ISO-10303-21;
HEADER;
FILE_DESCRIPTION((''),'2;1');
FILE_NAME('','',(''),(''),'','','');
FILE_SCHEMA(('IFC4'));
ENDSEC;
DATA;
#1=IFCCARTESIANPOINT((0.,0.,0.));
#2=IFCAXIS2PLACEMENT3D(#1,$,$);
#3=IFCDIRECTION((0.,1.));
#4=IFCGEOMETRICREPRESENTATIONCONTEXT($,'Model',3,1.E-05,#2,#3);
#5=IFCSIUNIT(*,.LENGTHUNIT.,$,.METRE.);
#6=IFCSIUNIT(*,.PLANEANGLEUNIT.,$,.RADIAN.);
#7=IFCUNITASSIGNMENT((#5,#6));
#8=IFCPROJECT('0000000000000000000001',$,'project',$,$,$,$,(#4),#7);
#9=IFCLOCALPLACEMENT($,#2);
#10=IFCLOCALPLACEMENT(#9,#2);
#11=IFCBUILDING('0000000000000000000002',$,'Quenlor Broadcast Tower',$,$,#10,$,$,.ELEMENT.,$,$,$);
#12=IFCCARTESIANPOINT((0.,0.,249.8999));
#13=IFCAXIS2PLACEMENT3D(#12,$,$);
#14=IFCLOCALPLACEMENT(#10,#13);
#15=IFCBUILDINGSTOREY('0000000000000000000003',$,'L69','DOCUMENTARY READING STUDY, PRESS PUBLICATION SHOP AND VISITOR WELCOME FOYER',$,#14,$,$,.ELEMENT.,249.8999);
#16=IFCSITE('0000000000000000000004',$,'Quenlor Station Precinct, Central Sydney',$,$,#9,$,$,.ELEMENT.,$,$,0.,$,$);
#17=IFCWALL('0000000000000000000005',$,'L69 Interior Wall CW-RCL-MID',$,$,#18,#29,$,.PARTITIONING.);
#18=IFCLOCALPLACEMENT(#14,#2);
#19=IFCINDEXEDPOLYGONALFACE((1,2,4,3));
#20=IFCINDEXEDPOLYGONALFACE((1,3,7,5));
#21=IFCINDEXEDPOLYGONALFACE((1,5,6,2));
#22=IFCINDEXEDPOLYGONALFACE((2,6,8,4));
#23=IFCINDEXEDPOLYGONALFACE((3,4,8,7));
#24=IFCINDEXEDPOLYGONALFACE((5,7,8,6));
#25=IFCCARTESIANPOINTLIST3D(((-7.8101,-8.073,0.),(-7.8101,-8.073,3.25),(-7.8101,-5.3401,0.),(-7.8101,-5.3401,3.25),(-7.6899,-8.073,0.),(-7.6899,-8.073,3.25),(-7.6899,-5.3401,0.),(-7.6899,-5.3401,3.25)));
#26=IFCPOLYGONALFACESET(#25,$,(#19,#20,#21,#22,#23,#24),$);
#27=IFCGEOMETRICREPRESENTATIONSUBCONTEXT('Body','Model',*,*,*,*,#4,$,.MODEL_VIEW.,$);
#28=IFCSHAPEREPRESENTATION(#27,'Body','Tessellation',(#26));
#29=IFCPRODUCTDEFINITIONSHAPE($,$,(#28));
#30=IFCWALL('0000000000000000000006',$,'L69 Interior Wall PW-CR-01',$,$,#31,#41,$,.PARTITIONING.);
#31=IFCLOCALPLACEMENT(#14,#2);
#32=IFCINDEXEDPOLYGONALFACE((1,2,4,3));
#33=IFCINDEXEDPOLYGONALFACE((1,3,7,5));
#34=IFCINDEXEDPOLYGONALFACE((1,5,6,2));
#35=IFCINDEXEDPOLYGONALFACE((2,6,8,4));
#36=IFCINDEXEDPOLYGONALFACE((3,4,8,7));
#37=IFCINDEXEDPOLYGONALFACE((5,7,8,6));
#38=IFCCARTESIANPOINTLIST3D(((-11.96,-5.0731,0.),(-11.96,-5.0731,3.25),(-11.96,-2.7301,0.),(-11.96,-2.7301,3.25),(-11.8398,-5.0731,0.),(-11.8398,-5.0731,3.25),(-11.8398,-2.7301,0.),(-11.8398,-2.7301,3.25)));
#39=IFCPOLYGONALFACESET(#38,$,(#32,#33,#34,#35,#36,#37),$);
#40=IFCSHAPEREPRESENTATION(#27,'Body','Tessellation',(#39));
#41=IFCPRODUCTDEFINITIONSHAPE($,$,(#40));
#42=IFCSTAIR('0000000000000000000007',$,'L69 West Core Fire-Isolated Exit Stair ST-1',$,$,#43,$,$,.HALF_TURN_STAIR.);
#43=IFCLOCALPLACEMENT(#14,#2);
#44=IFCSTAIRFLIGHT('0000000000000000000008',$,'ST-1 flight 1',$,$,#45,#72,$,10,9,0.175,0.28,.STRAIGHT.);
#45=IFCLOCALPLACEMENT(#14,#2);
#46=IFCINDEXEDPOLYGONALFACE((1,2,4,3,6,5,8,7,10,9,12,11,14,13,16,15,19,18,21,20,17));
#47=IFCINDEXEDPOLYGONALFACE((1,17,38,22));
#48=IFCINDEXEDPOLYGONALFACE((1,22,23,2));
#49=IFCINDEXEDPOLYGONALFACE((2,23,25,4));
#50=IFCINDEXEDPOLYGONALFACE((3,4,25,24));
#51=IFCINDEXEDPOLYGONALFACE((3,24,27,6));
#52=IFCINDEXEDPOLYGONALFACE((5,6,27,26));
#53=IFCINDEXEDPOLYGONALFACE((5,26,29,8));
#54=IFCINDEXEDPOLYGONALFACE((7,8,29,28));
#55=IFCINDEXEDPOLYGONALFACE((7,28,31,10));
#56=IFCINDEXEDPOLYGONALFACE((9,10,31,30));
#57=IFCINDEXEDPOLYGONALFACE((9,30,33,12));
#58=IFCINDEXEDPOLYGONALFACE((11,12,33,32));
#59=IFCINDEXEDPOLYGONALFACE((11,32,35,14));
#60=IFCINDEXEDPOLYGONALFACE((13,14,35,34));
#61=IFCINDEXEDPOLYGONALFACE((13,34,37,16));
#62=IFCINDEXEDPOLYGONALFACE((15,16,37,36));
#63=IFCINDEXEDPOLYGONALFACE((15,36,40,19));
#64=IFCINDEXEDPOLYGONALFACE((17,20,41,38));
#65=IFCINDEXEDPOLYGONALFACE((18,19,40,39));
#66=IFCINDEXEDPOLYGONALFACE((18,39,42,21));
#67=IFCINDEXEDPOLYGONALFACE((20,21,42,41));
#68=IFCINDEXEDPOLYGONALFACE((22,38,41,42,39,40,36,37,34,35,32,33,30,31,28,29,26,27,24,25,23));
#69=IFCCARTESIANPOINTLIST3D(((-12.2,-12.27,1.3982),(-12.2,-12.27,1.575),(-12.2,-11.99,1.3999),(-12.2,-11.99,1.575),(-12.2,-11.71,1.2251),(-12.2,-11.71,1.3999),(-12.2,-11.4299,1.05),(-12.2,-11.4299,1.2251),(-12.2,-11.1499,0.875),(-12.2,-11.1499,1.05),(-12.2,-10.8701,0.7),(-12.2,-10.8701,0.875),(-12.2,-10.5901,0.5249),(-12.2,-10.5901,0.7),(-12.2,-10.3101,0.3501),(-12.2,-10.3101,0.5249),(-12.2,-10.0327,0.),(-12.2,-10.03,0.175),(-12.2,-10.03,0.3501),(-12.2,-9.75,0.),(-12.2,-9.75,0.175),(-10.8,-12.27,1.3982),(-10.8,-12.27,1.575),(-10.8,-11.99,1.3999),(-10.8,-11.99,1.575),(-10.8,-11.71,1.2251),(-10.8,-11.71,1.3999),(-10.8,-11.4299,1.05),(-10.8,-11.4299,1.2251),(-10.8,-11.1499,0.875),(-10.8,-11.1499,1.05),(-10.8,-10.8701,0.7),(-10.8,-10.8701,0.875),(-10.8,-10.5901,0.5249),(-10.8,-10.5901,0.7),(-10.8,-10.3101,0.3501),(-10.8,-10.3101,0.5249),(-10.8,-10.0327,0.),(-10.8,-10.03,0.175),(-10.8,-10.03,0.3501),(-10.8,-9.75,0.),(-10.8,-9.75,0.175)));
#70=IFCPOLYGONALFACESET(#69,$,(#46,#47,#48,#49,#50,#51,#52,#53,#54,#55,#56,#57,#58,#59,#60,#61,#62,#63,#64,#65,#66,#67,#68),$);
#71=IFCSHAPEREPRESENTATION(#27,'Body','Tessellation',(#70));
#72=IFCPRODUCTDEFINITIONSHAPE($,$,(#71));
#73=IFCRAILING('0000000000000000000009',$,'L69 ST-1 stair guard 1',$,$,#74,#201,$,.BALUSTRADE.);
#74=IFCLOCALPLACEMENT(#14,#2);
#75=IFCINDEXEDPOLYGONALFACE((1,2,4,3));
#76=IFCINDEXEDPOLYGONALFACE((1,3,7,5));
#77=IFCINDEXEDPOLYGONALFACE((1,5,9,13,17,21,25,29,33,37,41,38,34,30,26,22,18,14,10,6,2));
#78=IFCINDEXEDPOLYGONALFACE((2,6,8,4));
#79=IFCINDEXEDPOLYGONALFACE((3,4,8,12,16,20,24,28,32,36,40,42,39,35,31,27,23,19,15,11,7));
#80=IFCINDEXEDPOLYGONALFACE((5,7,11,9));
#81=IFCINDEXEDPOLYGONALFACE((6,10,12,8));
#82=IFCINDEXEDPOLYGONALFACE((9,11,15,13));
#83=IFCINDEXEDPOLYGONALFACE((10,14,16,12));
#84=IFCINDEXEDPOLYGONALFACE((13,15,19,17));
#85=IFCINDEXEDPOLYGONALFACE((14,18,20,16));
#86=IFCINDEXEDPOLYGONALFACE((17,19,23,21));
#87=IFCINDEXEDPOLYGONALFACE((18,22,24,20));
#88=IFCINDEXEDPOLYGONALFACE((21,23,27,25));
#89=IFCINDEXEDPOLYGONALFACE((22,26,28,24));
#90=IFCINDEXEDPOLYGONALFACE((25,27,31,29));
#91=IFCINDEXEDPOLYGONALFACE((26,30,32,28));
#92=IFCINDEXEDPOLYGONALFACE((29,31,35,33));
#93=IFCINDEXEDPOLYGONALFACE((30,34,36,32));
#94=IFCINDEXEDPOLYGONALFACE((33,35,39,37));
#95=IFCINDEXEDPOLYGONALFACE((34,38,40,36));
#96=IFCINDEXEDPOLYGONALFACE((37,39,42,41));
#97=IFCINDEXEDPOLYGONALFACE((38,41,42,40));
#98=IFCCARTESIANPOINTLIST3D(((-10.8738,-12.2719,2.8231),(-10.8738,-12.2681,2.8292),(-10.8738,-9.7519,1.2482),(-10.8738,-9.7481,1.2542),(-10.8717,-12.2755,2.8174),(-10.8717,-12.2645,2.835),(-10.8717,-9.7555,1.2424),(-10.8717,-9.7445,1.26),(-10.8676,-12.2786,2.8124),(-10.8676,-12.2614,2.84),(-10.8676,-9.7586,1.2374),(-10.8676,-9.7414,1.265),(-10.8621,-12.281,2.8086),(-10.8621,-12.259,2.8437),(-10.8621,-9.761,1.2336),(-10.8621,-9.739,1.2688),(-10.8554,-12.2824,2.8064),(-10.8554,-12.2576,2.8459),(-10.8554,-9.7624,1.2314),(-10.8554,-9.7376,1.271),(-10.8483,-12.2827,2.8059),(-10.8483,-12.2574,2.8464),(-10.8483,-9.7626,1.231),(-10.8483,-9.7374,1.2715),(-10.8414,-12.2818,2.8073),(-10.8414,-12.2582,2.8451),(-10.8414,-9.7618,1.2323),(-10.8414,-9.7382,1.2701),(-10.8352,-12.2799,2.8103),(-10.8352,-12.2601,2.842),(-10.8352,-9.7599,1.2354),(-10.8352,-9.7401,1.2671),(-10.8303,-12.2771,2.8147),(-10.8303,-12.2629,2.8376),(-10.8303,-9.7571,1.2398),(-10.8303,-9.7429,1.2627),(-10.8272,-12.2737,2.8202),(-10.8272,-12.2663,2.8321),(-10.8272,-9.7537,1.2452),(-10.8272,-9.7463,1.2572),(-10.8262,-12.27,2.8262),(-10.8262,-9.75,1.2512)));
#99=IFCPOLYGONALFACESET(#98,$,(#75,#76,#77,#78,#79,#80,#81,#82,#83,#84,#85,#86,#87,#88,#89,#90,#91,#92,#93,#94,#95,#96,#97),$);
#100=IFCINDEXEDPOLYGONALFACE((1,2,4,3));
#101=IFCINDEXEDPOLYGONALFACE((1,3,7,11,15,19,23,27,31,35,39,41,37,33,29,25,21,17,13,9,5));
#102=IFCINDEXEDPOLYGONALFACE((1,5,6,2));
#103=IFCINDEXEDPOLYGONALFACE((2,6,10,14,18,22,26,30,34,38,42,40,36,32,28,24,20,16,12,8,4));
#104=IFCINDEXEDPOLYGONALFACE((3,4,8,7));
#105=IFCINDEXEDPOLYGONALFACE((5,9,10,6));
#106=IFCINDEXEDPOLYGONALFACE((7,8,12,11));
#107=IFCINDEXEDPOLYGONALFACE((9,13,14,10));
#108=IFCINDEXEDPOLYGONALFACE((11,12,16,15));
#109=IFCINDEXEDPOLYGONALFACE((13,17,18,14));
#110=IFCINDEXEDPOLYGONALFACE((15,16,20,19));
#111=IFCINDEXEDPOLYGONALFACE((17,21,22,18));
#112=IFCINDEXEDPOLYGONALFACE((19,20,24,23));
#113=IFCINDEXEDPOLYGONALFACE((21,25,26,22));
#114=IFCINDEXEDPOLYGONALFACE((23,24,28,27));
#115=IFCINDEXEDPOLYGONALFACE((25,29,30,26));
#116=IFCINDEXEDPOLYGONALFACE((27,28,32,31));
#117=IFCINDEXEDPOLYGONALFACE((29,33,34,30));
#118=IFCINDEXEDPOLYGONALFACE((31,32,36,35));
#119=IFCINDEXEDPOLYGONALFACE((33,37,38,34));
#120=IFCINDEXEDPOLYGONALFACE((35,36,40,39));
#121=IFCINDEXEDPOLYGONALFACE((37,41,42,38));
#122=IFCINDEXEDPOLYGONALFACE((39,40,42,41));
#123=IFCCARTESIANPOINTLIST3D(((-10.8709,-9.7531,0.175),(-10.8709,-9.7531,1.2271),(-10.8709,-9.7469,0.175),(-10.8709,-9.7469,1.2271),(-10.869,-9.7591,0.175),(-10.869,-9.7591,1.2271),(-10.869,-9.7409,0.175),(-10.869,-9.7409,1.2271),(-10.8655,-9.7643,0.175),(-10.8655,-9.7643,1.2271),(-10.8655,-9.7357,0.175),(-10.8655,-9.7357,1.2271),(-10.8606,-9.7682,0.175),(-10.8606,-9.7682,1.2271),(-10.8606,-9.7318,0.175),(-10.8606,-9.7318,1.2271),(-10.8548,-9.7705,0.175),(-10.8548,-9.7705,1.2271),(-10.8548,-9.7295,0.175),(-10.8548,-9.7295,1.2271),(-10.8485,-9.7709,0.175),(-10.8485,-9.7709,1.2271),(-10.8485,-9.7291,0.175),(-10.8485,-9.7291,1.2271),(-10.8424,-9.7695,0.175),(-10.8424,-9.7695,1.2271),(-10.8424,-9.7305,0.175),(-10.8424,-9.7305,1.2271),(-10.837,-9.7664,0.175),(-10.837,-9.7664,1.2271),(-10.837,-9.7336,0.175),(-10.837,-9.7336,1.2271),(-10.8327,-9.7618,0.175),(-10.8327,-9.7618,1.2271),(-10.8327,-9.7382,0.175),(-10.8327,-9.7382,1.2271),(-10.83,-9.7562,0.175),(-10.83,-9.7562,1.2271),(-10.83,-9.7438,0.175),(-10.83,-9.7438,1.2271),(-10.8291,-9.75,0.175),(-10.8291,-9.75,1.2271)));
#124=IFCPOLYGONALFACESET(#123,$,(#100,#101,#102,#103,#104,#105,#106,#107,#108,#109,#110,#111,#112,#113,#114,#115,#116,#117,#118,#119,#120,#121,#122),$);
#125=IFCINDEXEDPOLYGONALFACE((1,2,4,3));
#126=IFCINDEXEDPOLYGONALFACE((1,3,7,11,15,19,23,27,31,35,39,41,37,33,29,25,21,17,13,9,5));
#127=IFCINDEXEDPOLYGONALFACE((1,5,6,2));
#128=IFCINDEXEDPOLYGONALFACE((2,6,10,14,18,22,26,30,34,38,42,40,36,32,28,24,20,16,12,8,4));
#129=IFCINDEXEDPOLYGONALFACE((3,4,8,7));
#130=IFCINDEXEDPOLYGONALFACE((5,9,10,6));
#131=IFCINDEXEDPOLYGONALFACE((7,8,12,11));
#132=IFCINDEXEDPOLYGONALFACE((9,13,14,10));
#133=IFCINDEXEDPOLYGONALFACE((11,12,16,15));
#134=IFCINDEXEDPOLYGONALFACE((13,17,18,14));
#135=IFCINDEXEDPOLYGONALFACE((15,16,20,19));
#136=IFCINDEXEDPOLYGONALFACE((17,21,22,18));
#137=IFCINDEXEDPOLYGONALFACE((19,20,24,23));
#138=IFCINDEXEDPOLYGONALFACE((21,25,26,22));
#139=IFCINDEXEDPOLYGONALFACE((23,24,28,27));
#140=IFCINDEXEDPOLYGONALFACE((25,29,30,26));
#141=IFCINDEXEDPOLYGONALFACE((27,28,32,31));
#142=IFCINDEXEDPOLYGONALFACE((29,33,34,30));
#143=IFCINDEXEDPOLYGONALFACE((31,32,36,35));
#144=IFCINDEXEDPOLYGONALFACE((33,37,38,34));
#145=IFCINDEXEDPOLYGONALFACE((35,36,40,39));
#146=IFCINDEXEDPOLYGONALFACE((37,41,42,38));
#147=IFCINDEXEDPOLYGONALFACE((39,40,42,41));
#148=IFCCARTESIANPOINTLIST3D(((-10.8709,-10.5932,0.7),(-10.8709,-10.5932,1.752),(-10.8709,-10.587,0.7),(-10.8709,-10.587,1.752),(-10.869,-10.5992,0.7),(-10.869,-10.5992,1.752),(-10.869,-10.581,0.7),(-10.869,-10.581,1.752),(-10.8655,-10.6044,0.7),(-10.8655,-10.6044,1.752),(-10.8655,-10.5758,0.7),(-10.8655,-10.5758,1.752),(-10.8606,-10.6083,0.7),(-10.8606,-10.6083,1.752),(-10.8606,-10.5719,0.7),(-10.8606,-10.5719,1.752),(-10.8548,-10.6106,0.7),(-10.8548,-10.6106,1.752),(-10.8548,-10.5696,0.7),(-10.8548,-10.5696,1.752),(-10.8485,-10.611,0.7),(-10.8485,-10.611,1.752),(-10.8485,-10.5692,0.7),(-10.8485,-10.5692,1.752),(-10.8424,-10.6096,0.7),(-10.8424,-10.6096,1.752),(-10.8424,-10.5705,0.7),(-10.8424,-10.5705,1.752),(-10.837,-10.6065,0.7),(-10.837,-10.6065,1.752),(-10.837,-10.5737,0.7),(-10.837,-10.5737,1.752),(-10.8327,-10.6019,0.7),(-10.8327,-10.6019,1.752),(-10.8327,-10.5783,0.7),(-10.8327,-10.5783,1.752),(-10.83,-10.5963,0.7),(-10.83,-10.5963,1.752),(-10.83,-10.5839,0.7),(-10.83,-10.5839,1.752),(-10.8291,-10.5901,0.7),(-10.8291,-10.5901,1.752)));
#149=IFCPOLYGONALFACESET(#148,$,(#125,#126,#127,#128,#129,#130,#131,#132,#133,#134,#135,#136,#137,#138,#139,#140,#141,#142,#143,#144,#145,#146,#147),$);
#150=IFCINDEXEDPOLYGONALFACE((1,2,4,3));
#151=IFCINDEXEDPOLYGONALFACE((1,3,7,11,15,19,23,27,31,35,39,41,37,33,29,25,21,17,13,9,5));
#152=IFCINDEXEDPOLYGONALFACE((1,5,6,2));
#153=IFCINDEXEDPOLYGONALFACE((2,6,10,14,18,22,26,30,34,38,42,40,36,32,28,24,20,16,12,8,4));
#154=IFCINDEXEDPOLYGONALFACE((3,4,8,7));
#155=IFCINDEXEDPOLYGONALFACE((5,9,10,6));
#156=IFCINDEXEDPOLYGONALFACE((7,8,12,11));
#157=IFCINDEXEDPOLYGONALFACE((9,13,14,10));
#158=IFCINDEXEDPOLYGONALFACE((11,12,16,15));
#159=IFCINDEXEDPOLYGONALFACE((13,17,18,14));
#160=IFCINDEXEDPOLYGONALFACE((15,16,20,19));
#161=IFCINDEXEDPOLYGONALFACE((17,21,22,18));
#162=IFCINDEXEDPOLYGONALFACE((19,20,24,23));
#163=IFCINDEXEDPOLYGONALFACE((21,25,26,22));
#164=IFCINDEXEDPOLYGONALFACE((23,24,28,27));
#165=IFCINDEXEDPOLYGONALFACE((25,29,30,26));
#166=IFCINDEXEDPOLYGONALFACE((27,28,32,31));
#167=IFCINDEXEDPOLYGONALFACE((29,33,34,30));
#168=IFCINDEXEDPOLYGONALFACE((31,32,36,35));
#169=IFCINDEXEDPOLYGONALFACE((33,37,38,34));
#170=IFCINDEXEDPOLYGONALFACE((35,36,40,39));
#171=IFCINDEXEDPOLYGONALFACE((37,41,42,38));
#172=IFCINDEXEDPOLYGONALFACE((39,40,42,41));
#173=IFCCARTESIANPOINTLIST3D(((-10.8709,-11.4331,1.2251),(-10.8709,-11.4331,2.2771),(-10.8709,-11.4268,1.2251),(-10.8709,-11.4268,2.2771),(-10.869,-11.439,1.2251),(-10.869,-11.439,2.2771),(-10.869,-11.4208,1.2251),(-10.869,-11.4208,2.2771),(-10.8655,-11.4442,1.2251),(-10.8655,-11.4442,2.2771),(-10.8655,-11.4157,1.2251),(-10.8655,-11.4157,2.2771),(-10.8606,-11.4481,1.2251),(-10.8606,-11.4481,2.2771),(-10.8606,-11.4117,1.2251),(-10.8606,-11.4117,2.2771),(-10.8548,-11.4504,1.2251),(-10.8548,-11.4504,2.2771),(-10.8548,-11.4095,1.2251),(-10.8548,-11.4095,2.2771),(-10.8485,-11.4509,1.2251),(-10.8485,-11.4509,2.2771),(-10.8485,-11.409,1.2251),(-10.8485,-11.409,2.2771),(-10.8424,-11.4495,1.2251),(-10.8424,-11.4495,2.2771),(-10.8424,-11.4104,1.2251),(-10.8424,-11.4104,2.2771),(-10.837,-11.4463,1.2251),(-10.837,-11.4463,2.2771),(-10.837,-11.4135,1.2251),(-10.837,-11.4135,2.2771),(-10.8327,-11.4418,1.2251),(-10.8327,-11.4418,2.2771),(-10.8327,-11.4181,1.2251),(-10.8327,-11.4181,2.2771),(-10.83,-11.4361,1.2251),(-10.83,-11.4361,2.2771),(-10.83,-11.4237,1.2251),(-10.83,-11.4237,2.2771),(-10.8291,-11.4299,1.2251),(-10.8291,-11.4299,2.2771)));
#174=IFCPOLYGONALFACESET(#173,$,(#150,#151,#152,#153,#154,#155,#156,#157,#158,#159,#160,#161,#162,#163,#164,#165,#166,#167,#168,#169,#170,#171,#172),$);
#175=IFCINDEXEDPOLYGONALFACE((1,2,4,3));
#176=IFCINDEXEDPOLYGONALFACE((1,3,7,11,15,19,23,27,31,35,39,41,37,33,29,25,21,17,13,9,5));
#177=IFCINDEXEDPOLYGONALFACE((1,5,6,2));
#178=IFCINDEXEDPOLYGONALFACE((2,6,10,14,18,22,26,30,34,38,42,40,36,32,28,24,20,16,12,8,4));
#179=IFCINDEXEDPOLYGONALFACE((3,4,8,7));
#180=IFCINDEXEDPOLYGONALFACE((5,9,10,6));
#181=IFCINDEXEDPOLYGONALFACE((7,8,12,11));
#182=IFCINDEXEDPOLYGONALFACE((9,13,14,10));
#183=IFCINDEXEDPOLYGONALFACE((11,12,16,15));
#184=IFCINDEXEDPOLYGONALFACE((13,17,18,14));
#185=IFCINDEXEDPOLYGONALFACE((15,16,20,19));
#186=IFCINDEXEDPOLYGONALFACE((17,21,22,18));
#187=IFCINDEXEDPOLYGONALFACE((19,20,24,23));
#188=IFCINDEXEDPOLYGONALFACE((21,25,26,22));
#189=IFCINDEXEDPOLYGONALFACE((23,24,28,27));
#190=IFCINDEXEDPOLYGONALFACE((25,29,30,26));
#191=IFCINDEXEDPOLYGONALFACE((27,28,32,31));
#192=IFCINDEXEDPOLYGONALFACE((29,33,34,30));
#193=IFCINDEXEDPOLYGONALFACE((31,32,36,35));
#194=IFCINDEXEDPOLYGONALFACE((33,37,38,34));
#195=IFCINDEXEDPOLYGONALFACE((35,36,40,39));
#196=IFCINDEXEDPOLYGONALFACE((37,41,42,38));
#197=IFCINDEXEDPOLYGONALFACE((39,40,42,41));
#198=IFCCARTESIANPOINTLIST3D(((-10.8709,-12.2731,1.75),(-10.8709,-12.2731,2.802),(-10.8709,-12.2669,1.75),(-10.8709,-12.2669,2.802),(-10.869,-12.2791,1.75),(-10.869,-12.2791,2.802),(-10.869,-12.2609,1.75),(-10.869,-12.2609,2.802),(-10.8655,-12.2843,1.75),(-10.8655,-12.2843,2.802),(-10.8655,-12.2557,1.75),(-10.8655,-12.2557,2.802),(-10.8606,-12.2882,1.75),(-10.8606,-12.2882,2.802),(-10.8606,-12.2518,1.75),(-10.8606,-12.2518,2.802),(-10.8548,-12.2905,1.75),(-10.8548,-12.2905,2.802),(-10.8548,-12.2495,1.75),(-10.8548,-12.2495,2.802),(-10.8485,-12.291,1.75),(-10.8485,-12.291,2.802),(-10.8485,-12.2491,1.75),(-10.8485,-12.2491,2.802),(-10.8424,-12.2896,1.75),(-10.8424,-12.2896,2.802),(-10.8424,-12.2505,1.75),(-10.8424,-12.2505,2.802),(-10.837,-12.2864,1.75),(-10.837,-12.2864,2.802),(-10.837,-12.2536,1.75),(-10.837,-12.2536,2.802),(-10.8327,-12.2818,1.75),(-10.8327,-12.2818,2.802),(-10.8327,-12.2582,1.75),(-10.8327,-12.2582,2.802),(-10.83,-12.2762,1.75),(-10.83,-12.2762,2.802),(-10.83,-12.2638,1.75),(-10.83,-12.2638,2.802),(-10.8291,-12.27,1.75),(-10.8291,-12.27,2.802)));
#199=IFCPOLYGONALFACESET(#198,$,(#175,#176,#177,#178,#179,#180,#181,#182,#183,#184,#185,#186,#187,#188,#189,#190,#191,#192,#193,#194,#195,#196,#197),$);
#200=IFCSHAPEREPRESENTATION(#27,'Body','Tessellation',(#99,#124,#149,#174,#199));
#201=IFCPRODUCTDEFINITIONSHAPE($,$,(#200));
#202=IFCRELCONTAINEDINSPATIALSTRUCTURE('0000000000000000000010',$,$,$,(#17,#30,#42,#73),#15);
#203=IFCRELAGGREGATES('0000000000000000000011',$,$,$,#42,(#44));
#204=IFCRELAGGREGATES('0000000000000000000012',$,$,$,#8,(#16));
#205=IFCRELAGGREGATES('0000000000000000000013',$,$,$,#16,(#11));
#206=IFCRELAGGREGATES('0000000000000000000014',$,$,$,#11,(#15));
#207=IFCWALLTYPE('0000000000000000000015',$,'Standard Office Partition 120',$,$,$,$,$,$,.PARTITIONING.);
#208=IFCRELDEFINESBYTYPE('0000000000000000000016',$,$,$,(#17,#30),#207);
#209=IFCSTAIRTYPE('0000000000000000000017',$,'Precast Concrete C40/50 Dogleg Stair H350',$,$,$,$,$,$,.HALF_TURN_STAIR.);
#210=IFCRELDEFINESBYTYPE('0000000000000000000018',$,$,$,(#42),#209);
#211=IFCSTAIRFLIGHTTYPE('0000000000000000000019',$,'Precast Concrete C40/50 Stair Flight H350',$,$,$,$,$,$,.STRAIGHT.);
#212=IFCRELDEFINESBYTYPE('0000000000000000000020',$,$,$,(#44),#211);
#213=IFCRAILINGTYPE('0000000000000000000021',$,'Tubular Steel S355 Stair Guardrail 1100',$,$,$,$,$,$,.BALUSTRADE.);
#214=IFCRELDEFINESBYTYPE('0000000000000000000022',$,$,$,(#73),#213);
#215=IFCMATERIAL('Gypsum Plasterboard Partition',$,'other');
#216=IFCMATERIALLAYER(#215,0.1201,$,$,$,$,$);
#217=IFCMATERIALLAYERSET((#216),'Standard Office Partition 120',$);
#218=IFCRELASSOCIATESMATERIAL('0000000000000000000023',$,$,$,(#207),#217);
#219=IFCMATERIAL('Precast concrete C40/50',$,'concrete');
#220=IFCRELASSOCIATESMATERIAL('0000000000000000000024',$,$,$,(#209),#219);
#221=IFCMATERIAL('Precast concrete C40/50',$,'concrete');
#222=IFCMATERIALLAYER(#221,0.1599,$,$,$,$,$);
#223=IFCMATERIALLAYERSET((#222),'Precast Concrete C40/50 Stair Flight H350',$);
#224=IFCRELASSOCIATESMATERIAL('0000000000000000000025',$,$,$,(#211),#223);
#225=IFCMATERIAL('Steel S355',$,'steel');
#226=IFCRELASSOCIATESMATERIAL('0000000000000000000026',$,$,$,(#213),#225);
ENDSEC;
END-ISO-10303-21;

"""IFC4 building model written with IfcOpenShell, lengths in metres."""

from ifc_helpers import new_model, si_unit, direction, frame, frame_2d, origin, origin_2d, place, context, subcontext, project, spatial, polyline, rectangle, circle, outline, extrude, material, layer, layer_set, type_object, element, aggregate, save


model = new_model("IFC4")

# Units and contexts
model_context = context("Model", 3, precision=1e-05, world=origin(), true_north=direction((0.0, 1.0)))
body_context = subcontext(model_context, "Body", "Model", "MODEL_VIEW")
ifc_project = project(units=[si_unit("LENGTHUNIT", "METRE"), si_unit("PLANEANGLEUNIT", "RADIAN")], contexts=[model_context])

# Site, building, storey
site_placement = place(None, origin())
site = spatial("IfcSite", under=ifc_project, at=site_placement, Name="Quenlor Station Precinct, Central Sydney", CompositionType="ELEMENT", RefElevation=0.0)
building_placement = place(site_placement, origin())
building = spatial("IfcBuilding", under=site, at=building_placement, Name="Quenlor Broadcast Tower", CompositionType="ELEMENT")
storey_placement = place(building_placement, frame((0.0, 0.0, 249.8999)))
storey = spatial("IfcBuildingStorey", under=building, at=storey_placement, Name="L69", Description="DOCUMENTARY READING STUDY, PRESS PUBLICATION SHOP AND VISITOR WELCOME FOYER", CompositionType="ELEMENT", Elevation=249.8999)

# Wall
ifc_material_1 = material(Name="Gypsum Plasterboard Partition", Category="other")
ifc_layer_1 = layer(ifc_material_1, 0.1201)
ifc_layer_set_1 = layer_set([ifc_layer_1], Name="Standard Office Partition 120")
wall_type_1 = type_object("IfcWallType", Name="Standard Office Partition 120", PredefinedType="PARTITIONING", material=ifc_layer_set_1)
wall_1_placement = place(storey_placement, frame((-7.75, -8.073, 0.0), z_axis=(0.0, 0.0, 1.0), x_axis=(0.0, 1.0, 0.0)))
element("IfcWall", 1, at=wall_1_placement, inside=storey, type_object=wall_type_1, Name="L69 Interior Wall CW-RCL-MID", PredefinedType="PARTITIONING", context=body_context, shape_type="SweptSolid", body=[
    extrude(rectangle(XDim=2.7329, YDim=0.1201, at=frame_2d((1.3665, 0.0))), origin(), (0.0, 0.0, 1.0), 3.25),
])

# Wall
wall_2_placement = place(storey_placement, frame((-11.8999, -5.073, 0.0), z_axis=(0.0, 0.0, 1.0), x_axis=(0.0, 1.0, 0.0)))
element("IfcWall", 2, at=wall_2_placement, inside=storey, type_object=wall_type_1, Name="L69 Interior Wall PW-CR-01", PredefinedType="PARTITIONING", context=body_context, shape_type="SweptSolid", body=[
    extrude(rectangle(XDim=2.343, YDim=0.1201, at=frame_2d((1.1714, 0.0))), origin(), (0.0, 0.0, 1.0), 3.25),
])

# Stair, stair flight
ifc_material_2 = material(Name="Precast concrete C40/50", Category="concrete")
stair_type = type_object("IfcStairType", Name="Precast Concrete C40/50 Dogleg Stair H350", PredefinedType="HALF_TURN_STAIR", material=ifc_material_2)
stair_placement = place(storey_placement, origin())
stair = element("IfcStair", 3, at=stair_placement, inside=storey, type_object=stair_type, Name="L69 West Core Fire-Isolated Exit Stair ST-1", PredefinedType="HALF_TURN_STAIR")
ifc_material_3 = material(Name="Precast concrete C40/50", Category="concrete")
ifc_layer_2 = layer(ifc_material_3, 0.1599)
ifc_layer_set_2 = layer_set([ifc_layer_2], Name="Precast Concrete C40/50 Stair Flight H350")
stair_flight_type = type_object("IfcStairFlightType", Name="Precast Concrete C40/50 Stair Flight H350", PredefinedType="STRAIGHT", material=ifc_layer_set_2)
stair_flight_placement = place(storey_placement, frame((-11.5, -9.75, 0.0), z_axis=(0.0, 0.0, 1.0), x_axis=(0.0, -1.0, 0.0)))
stair_flight = element("IfcStairFlight", 4, at=stair_flight_placement, type_object=stair_flight_type, Name="ST-1 flight 1", NumberOfRisers=10, NumberOfTreads=9, PredefinedType="STRAIGHT", RiserHeight=0.175, TreadLength=0.28, context=body_context, shape_type="SweptSolid", body=[
    extrude(outline(polyline([(0.0, 0.0), (0.0, 0.175), (0.28, 0.175), (0.28, 0.3501), (0.5601, 0.3501), (0.5601, 0.5249), (0.8401, 0.5249), (0.8401, 0.7), (1.1201, 0.7), (1.1201, 0.875), (1.3999, 0.875), (1.3999, 1.05), (1.6799, 1.05), (1.6799, 1.2251), (1.96, 1.2251), (1.96, 1.3999), (2.24, 1.3999), (2.24, 1.575), (2.52, 1.575), (2.52, 1.75), (2.52, 1.3982), (0.2827, 0.0), (0.0, 0.0)])), frame((0.0, 0.7, 0.0), z_axis=(0.0, -1.0, 0.0), x_axis=(1.0, 0.0, 0.0)), (0.0, 0.0, 1.0), 1.3999),
])
aggregate(stair, [stair_flight])

# Railing
ifc_material_4 = material(Name="Steel S355", Category="steel")
railing_type = type_object("IfcRailingType", Name="Tubular Steel S355 Stair Guardrail 1100", PredefinedType="BALUSTRADE", material=ifc_material_4)
railing_1_placement = place(storey_placement, frame((-10.8501, -9.75, 0.175)))
element("IfcRailing", 5, at=railing_1_placement, inside=storey, type_object=railing_type, Name="L69 ST-1 stair guard 1", PredefinedType="BALUSTRADE", context=body_context, shape_type="SweptSolid", body=[
    extrude(circle(Radius=0.0239, at=origin_2d()), frame((0.0, 0.0, 1.0762), z_axis=(0.0, -0.848008, 0.529984), x_axis=(1.0, 0.0, 0.0)), (0.0, 0.0, 1.0), 2.9717),
    extrude(circle(Radius=0.021, at=origin_2d()), origin(), (0.0, 0.0, 1.0), 1.052),
    extrude(circle(Radius=0.021, at=origin_2d()), frame((0.0, -0.8401, 0.5249)), (0.0, 0.0, 1.0), 1.052),
    extrude(circle(Radius=0.021, at=origin_2d()), frame((0.0, -1.6799, 1.05)), (0.0, 0.0, 1.0), 1.052),
    extrude(circle(Radius=0.021, at=origin_2d()), frame((0.0, -2.52, 1.575)), (0.0, 0.0, 1.0), 1.052),
])

save(model, "model.ifc")
